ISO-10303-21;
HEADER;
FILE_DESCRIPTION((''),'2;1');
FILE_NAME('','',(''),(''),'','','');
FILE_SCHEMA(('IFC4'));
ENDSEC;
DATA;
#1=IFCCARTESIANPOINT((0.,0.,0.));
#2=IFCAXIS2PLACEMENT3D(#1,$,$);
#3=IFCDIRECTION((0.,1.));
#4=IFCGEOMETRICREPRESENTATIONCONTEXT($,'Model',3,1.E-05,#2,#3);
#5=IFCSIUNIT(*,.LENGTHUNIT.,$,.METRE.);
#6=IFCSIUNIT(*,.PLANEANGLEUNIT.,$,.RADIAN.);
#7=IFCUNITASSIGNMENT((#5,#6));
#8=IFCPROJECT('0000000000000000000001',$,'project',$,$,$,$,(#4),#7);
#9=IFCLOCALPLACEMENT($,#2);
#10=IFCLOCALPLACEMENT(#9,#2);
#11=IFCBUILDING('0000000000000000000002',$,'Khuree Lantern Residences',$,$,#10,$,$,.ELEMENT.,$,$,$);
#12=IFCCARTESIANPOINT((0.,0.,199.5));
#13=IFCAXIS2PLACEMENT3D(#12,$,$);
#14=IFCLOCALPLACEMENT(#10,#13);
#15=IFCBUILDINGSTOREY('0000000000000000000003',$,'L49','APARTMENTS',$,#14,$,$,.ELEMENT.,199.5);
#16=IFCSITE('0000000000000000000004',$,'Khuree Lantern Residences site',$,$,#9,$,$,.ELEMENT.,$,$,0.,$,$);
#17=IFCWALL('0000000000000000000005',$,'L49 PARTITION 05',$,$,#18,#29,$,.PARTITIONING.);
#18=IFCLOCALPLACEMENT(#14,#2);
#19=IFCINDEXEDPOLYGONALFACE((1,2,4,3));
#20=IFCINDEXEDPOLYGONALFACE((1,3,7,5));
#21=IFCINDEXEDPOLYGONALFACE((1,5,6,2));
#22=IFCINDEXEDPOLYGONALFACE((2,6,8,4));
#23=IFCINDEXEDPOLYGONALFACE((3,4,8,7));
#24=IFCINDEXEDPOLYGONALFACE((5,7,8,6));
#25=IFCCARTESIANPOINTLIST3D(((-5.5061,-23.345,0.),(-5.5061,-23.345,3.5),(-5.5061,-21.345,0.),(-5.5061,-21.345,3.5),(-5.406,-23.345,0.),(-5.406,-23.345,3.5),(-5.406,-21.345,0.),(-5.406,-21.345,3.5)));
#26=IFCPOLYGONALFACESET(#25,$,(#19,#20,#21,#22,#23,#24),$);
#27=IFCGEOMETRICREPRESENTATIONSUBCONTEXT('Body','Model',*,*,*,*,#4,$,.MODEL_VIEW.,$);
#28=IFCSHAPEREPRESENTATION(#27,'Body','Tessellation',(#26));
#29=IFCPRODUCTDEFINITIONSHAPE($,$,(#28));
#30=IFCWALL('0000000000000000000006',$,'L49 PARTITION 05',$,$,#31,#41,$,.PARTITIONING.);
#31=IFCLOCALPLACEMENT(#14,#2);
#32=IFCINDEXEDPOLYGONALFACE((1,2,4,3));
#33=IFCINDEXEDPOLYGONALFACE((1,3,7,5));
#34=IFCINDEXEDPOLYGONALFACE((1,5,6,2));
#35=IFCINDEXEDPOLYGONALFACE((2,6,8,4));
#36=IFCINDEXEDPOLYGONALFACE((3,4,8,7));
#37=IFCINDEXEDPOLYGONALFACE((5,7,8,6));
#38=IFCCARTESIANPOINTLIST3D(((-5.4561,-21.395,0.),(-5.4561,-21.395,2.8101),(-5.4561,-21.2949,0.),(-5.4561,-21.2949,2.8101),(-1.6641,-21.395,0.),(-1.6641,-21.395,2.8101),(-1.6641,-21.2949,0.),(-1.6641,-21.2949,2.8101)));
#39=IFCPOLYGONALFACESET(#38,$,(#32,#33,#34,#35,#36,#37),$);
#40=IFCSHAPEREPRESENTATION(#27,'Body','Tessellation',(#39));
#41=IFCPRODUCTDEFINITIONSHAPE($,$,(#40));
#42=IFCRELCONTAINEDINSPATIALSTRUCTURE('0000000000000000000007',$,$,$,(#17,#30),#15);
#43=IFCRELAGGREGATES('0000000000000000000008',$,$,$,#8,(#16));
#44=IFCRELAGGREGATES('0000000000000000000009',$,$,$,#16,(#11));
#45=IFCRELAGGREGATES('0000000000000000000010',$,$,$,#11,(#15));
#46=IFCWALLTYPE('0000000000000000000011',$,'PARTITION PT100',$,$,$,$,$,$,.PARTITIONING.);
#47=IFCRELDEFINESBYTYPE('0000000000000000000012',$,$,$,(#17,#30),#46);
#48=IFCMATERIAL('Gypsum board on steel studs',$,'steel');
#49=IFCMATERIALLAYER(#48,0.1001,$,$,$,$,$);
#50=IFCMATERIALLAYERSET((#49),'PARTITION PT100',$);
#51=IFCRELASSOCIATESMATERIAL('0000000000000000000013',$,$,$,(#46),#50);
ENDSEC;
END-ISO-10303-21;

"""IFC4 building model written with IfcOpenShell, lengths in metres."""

from ifc_helpers import new_model, si_unit, direction, frame, frame_2d, origin, place, context, subcontext, project, spatial, rectangle, extrude, material, layer, layer_set, type_object, element, save


model = new_model("IFC4")

# Units and contexts
model_context = context("Model", 3, precision=1e-05, world=origin(), true_north=direction((0.0, 1.0)))
body_context = subcontext(model_context, "Body", "Model", "MODEL_VIEW")
ifc_project = project(units=[si_unit("LENGTHUNIT", "METRE"), si_unit("PLANEANGLEUNIT", "RADIAN")], contexts=[model_context])

# Site, building, storey
site_placement = place(None, origin())
site = spatial("IfcSite", under=ifc_project, at=site_placement, Name="Khuree Lantern Residences site", CompositionType="ELEMENT", RefElevation=0.0)
building_placement = place(site_placement, origin())
building = spatial("IfcBuilding", under=site, at=building_placement, Name="Khuree Lantern Residences", CompositionType="ELEMENT")
storey_placement = place(building_placement, frame((0.0, 0.0, 199.5)))
storey = spatial("IfcBuildingStorey", under=building, at=storey_placement, Name="L49", Description="APARTMENTS", CompositionType="ELEMENT", Elevation=199.5)

# Walls
ifc_material_1 = material(Name="Gypsum board on steel studs", Category="steel")
ifc_layer_1 = layer(ifc_material_1, 0.1001)
ifc_layer_set_1 = layer_set([ifc_layer_1], Name="PARTITION PT100")
wall_type_1 = type_object("IfcWallType", Name="PARTITION PT100", PredefinedType="PARTITIONING", material=ifc_layer_set_1)
for number, where, z_axis, x_axis, name in (
    (1, (-5.4561, -21.345, 0.0), (0.0, 0.0, 1.0), (0.0, -1.0, 0.0), "L49 PARTITION 05"),
):
    element("IfcWall", number, at=place(storey_placement, frame(where, z_axis=z_axis, x_axis=x_axis)), inside=storey, type_object=wall_type_1, Name=name, PredefinedType="PARTITIONING", context=body_context, shape_type="SweptSolid", body=[
        extrude(rectangle(XDim=2.0, YDim=0.1001, at=frame_2d((1.0, 0.0))), origin(), (0.0, 0.0, 1.0), 3.5),
    ])
wall_1_placement = place(storey_placement, frame((-5.4561, -21.345, 0.0), z_axis=(0.0, 0.0, 1.0), x_axis=(1.0, 0.0, 0.0)))
element("IfcWall", 2, at=wall_1_placement, inside=storey, type_object=wall_type_1, Name="L49 PARTITION 05", PredefinedType="PARTITIONING", context=body_context, shape_type="SweptSolid", body=[
    extrude(rectangle(XDim=3.792, YDim=0.1001, at=frame_2d((1.896, 0.0))), origin(), (0.0, 0.0, 1.0), 2.8101),
])

save(model, "model.ifc")
